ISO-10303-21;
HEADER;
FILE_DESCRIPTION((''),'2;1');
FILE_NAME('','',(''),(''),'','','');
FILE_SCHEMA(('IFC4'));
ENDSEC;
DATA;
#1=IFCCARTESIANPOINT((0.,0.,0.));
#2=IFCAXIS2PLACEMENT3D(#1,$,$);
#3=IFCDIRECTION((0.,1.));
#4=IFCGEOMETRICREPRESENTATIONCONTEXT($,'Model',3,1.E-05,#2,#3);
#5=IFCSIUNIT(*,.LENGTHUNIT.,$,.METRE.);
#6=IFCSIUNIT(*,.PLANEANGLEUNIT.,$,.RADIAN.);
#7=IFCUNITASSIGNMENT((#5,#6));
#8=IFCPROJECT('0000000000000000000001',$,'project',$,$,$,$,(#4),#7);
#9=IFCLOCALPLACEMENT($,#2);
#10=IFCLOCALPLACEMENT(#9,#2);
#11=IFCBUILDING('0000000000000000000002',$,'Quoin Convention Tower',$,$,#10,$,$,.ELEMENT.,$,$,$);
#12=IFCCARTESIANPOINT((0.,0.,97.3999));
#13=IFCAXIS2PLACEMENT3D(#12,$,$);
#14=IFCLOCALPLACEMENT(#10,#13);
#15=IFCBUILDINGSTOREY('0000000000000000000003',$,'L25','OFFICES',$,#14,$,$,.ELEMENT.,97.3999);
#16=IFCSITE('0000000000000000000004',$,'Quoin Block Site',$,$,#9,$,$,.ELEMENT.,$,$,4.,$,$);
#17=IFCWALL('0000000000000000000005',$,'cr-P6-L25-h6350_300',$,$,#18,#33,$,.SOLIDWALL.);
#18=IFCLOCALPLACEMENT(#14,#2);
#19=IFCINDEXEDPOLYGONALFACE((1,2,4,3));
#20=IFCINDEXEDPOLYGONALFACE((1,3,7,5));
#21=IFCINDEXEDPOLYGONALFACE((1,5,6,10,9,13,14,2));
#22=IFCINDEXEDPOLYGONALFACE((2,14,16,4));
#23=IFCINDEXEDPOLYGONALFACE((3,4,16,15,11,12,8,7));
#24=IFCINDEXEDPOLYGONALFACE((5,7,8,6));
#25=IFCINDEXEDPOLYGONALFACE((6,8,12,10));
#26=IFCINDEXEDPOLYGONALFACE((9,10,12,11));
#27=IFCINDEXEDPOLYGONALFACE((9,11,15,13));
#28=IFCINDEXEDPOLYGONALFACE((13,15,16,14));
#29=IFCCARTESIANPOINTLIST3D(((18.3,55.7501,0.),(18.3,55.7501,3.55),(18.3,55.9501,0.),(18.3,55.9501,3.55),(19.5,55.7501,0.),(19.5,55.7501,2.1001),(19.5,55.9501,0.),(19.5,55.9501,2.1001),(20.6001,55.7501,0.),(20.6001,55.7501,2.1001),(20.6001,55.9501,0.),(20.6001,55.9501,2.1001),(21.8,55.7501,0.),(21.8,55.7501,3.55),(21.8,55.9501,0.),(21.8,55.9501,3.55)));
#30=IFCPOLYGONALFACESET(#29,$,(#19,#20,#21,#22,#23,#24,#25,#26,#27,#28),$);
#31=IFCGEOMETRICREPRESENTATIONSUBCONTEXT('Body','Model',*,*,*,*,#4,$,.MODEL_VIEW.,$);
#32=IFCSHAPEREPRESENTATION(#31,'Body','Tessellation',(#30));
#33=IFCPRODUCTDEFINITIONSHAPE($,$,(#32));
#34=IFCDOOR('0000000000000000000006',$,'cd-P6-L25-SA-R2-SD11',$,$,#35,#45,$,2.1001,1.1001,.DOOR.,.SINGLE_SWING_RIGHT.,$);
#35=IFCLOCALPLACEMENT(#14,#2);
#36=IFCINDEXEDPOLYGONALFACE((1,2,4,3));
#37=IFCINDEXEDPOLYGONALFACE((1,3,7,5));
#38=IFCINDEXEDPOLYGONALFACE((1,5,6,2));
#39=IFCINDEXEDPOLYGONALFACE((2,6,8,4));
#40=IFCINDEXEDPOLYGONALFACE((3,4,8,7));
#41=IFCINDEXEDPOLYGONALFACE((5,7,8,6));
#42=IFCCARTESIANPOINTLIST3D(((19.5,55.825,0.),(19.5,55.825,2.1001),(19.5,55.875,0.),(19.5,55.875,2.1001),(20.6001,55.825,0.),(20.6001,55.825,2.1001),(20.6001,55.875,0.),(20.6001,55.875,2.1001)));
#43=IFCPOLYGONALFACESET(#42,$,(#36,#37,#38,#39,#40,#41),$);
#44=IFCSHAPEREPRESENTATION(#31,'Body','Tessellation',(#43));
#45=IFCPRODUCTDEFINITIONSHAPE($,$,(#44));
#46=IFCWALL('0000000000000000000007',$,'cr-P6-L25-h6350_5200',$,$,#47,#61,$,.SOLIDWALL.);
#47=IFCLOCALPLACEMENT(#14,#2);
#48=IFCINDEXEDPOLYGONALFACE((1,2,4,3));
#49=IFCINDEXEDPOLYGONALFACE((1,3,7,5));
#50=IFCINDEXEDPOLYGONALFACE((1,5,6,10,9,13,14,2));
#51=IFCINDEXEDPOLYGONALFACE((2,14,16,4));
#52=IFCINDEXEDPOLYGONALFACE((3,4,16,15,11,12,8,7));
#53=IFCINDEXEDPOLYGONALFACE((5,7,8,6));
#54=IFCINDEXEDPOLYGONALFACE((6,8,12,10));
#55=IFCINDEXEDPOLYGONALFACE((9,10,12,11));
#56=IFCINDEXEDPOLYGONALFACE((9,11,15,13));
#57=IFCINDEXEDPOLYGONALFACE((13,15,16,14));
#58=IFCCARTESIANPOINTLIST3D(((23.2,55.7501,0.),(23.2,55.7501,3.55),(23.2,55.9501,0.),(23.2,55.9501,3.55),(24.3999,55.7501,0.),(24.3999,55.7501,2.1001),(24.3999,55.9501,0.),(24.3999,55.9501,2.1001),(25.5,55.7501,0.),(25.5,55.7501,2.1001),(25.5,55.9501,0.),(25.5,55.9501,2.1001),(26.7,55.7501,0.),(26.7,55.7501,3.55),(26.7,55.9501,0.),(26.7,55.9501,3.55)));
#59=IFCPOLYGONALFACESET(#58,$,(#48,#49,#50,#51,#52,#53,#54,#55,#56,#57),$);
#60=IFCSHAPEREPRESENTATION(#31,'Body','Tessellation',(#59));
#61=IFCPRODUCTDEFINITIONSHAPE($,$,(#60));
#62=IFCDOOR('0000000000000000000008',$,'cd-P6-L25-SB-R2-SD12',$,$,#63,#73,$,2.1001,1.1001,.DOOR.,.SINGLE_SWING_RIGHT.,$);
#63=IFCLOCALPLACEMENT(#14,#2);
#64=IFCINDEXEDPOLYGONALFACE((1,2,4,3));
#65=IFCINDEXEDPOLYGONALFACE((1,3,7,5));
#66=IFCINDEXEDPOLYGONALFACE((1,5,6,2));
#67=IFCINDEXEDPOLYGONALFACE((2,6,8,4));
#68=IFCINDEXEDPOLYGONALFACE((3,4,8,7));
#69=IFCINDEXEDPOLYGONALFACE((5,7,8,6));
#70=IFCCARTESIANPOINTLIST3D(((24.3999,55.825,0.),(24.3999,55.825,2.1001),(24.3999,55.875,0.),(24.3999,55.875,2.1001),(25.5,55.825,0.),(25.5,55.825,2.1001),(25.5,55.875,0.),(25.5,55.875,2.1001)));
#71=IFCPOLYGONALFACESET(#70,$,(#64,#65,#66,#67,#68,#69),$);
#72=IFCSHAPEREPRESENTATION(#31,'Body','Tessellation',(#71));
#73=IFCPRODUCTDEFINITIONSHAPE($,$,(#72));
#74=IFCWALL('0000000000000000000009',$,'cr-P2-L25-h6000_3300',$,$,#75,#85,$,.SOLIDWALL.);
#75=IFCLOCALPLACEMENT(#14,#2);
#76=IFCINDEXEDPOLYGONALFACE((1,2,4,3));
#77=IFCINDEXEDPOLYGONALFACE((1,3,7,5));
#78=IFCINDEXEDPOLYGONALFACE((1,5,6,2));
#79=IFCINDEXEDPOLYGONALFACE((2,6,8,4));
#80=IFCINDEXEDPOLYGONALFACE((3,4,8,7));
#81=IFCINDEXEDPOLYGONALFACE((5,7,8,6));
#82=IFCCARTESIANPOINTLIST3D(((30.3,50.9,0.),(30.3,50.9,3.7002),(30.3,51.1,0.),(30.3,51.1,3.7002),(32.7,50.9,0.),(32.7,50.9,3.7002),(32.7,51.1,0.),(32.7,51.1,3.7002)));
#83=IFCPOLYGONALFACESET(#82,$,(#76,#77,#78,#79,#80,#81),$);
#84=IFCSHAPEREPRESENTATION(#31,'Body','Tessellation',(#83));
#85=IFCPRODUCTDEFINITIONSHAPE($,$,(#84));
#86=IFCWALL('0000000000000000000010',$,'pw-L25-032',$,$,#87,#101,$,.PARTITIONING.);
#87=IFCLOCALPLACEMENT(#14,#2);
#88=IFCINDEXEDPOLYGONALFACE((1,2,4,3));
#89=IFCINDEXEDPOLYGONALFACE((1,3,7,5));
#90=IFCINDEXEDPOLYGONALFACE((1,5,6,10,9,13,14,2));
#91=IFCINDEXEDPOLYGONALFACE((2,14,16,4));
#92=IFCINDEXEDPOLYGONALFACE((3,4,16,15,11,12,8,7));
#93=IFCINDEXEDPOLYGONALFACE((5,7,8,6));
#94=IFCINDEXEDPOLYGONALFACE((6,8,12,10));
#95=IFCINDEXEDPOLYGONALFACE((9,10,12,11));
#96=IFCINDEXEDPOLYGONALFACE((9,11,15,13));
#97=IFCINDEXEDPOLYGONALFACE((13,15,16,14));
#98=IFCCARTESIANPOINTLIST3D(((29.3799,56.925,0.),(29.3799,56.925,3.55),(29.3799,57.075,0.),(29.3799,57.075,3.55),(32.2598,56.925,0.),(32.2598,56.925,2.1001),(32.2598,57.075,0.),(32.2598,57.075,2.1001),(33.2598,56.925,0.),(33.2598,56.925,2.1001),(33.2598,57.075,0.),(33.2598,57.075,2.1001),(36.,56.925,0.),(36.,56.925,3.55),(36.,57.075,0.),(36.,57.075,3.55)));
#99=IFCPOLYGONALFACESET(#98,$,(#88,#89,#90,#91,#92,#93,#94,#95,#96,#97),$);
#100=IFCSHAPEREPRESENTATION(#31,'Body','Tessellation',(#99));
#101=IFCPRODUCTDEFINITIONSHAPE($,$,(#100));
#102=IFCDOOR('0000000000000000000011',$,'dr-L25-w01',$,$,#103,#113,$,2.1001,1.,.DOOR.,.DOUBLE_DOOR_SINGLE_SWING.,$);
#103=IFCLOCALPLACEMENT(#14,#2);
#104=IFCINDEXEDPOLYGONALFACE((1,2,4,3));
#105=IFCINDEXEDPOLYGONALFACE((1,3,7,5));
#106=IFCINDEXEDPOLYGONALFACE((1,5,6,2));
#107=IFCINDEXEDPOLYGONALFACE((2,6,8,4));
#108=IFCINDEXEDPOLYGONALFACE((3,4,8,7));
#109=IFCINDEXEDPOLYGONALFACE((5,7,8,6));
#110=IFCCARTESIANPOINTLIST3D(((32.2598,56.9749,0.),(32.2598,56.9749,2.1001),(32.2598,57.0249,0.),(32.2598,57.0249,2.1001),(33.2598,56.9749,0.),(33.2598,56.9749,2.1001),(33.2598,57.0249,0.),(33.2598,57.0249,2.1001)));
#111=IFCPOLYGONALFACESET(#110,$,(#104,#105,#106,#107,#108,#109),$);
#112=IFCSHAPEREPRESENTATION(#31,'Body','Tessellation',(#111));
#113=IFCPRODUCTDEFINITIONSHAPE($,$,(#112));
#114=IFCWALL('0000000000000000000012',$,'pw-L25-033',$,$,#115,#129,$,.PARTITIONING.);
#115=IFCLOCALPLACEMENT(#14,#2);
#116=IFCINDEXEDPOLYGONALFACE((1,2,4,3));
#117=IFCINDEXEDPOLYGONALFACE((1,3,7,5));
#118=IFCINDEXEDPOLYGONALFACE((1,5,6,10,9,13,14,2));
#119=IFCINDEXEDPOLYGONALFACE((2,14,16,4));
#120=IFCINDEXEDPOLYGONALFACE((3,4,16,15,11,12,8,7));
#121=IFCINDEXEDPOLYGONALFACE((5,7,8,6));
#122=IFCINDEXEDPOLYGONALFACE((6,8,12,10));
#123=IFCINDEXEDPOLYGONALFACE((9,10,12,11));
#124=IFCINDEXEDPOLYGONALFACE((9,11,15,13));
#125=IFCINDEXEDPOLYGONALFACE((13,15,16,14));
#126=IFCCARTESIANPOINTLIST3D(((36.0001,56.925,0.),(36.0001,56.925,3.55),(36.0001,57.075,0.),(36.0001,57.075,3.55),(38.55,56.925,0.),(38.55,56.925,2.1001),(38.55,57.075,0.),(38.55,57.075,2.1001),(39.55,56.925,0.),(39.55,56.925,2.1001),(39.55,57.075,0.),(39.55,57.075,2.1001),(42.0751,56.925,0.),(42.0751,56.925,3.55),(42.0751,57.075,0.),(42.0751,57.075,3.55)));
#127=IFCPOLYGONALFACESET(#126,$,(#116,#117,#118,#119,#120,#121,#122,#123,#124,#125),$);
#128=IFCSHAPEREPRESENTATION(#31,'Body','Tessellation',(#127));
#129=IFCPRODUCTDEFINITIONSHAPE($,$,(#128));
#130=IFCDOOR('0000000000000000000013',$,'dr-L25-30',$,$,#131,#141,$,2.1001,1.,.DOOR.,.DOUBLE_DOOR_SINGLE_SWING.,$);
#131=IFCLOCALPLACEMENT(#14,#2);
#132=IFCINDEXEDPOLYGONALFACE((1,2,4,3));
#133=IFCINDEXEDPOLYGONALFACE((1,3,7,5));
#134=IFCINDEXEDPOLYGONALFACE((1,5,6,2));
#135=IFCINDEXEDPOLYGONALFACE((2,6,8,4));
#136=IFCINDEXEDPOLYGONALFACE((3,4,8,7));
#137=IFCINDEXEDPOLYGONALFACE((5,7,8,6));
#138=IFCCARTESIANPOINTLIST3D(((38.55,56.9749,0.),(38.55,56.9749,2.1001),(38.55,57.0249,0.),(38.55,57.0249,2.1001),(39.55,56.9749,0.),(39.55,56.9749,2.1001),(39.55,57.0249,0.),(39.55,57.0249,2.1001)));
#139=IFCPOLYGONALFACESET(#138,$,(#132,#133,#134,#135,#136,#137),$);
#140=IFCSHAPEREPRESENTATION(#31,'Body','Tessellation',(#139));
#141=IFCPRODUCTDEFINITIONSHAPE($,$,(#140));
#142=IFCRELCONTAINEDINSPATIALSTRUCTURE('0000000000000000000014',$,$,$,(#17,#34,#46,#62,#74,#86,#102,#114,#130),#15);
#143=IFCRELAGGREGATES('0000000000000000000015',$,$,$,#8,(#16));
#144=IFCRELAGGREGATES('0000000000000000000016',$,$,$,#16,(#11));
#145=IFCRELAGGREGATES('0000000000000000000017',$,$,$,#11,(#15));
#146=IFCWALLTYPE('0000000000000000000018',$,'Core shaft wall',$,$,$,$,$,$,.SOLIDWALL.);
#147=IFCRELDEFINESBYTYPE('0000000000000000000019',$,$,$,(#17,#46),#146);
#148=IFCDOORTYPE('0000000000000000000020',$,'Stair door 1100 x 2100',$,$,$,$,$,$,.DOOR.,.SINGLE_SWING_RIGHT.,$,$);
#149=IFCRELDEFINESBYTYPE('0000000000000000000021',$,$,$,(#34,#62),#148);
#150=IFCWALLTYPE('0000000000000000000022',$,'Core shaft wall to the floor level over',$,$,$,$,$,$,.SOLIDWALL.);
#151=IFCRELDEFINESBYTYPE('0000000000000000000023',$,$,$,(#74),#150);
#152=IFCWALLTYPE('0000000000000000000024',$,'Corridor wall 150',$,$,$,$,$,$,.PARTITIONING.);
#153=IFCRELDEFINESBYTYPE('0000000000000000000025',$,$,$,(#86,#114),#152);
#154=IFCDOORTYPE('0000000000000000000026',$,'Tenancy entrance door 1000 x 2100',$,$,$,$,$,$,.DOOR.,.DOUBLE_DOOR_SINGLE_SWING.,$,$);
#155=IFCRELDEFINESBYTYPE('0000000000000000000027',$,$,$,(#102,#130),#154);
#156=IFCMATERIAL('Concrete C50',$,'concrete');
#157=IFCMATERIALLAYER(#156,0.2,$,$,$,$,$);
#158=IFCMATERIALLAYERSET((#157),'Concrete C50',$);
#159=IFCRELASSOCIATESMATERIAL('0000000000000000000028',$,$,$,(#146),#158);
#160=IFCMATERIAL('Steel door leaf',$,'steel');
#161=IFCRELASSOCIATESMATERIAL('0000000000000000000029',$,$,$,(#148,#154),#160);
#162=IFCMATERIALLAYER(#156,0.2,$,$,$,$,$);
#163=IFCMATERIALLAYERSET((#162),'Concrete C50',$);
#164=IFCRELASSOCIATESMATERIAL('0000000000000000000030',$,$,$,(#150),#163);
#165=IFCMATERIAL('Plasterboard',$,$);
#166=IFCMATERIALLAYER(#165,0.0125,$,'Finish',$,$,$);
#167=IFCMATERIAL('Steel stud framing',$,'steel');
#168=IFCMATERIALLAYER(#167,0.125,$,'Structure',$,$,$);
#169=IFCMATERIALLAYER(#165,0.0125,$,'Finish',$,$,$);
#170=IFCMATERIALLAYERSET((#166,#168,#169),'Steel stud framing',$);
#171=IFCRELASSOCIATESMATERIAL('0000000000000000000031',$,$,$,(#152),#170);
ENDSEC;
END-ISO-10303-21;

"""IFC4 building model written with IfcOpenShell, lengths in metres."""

from ifc_helpers import new_model, si_unit, direction, frame, frame_2d, origin, place, context, subcontext, project, spatial, rectangle, extrude, material, layer, layer_set, type_object, element, fill, save


model = new_model("IFC4")

# Units and contexts
model_context = context("Model", 3, precision=1e-05, world=origin(), true_north=direction((0.0, 1.0)))
body_context = subcontext(model_context, "Body", "Model", "MODEL_VIEW")
ifc_project = project(units=[si_unit("LENGTHUNIT", "METRE"), si_unit("PLANEANGLEUNIT", "RADIAN")], contexts=[model_context])

# Site, building, storey
site_placement = place(None, origin())
site = spatial("IfcSite", under=ifc_project, at=site_placement, Name="Quoin Block Site", CompositionType="ELEMENT", RefElevation=4.0)
building_placement = place(site_placement, origin())
building = spatial("IfcBuilding", under=site, at=building_placement, Name="Quoin Convention Tower", CompositionType="ELEMENT")
storey_placement = place(building_placement, frame((0.0, 0.0, 97.3999)))
storey = spatial("IfcBuildingStorey", under=building, at=storey_placement, Name="L25", Description="OFFICES", CompositionType="ELEMENT", Elevation=97.3999)

# Shared definitions
ifc_material_1 = material(Name="Concrete C50", Category="concrete")
ifc_layer_1 = layer(ifc_material_1, 0.2)
ifc_layer_set_1 = layer_set([ifc_layer_1], Name="Concrete C50")
wall_type_1 = type_object("IfcWallType", Name="Core shaft wall", PredefinedType="SOLIDWALL", material=ifc_layer_set_1)

# Walls, openings, doors
wall_1_placement = place(storey_placement, frame((18.3, 55.8501, 0.0), z_axis=(0.0, 0.0, 1.0), x_axis=(1.0, 0.0, 0.0)))
wall_1 = element("IfcWall", 1, at=wall_1_placement, inside=storey, type_object=wall_type_1, Name="cr-P6-L25-h6350_300", PredefinedType="SOLIDWALL", context=body_context, shape_type="SweptSolid", body=[
    extrude(rectangle(XDim=3.5, YDim=0.2, at=frame_2d((1.75, 0.0))), origin(), (0.0, 0.0, 1.0), 3.55),
])
opening_1_placement = place(wall_1_placement, frame((1.2, 0.0, 0.0)))
opening_1 = element("IfcOpeningElement", 2, at=opening_1_placement, cuts=wall_1, PredefinedType="OPENING", context=body_context, shape_type="SweptSolid", body=[
    extrude(rectangle(XDim=1.1001, YDim=2.1001, at=frame_2d((0.55, 1.05))), frame((0.0, 0.1099, 0.0), z_axis=(0.0, -1.0, 0.0), x_axis=(1.0, 0.0, 0.0)), (0.0, 0.0, 1.0), 0.22),
])
ifc_material_2 = material(Name="Steel door leaf", Category="steel")
door_type_1 = type_object("IfcDoorType", Name="Stair door 1100 x 2100", OperationType="SINGLE_SWING_RIGHT", PredefinedType="DOOR", material=ifc_material_2)
door_1_placement = place(opening_1_placement, origin())
door_1 = element("IfcDoor", 3, at=door_1_placement, inside=storey, type_object=door_type_1, Name="cd-P6-L25-SA-R2-SD11", OperationType="SINGLE_SWING_RIGHT", OverallHeight=2.1001, OverallWidth=1.1001, PredefinedType="DOOR", context=body_context, shape_type="SweptSolid", body=[
    extrude(rectangle(XDim=1.1001, YDim=2.1001, at=frame_2d((0.55, 1.05))), frame((0.0, 0.0249, 0.0), z_axis=(0.0, -1.0, 0.0), x_axis=(1.0, 0.0, 0.0)), (0.0, 0.0, 1.0), 0.05),
])
fill(opening_1, door_1)
wall_2_placement = place(storey_placement, frame((23.2, 55.8501, 0.0), z_axis=(0.0, 0.0, 1.0), x_axis=(1.0, 0.0, 0.0)))
wall_2 = element("IfcWall", 4, at=wall_2_placement, inside=storey, type_object=wall_type_1, Name="cr-P6-L25-h6350_5200", PredefinedType="SOLIDWALL", context=body_context, shape_type="SweptSolid", body=[
    extrude(rectangle(XDim=3.5, YDim=0.2, at=frame_2d((1.75, 0.0))), origin(), (0.0, 0.0, 1.0), 3.55),
])
opening_2_placement = place(wall_2_placement, frame((1.2, 0.0, 0.0)))
opening_2 = element("IfcOpeningElement", 5, at=opening_2_placement, cuts=wall_2, PredefinedType="OPENING", context=body_context, shape_type="SweptSolid", body=[
    extrude(rectangle(XDim=1.1001, YDim=2.1001, at=frame_2d((0.55, 1.05))), frame((0.0, 0.1099, 0.0), z_axis=(0.0, -1.0, 0.0), x_axis=(1.0, 0.0, 0.0)), (0.0, 0.0, 1.0), 0.22),
])
door_2_placement = place(opening_2_placement, origin())
door_2 = element("IfcDoor", 6, at=door_2_placement, inside=storey, type_object=door_type_1, Name="cd-P6-L25-SB-R2-SD12", OperationType="SINGLE_SWING_RIGHT", OverallHeight=2.1001, OverallWidth=1.1001, PredefinedType="DOOR", context=body_context, shape_type="SweptSolid", body=[
    extrude(rectangle(XDim=1.1001, YDim=2.1001, at=frame_2d((0.55, 1.05))), frame((0.0, 0.0249, 0.0), z_axis=(0.0, -1.0, 0.0), x_axis=(1.0, 0.0, 0.0)), (0.0, 0.0, 1.0), 0.05),
])
fill(opening_2, door_2)

# Wall
ifc_layer_2 = layer(ifc_material_1, 0.2)
ifc_layer_set_2 = layer_set([ifc_layer_2], Name="Concrete C50")
wall_type_2 = type_object("IfcWallType", Name="Core shaft wall to the floor level over", PredefinedType="SOLIDWALL", material=ifc_layer_set_2)
wall_3_placement = place(storey_placement, frame((30.3, 51.0, 0.0), z_axis=(0.0, 0.0, 1.0), x_axis=(1.0, 0.0, 0.0)))
element("IfcWall", 7, at=wall_3_placement, inside=storey, type_object=wall_type_2, Name="cr-P2-L25-h6000_3300", PredefinedType="SOLIDWALL", context=body_context, shape_type="SweptSolid", body=[
    extrude(rectangle(XDim=2.3999, YDim=0.2, at=frame_2d((1.2, 0.0))), origin(), (0.0, 0.0, 1.0), 3.7002),
])

# Walls, openings, doors
ifc_material_3 = material(Name="Plasterboard")
ifc_layer_3 = layer(ifc_material_3, 0.0125, Name="Finish")
ifc_material_4 = material(Name="Steel stud framing", Category="steel")
ifc_layer_4 = layer(ifc_material_4, 0.125, Name="Structure")
ifc_layer_5 = layer(ifc_material_3, 0.0125, Name="Finish")
ifc_layer_set_3 = layer_set([ifc_layer_3, ifc_layer_4, ifc_layer_5], Name="Steel stud framing")
wall_type_3 = type_object("IfcWallType", Name="Corridor wall 150", PredefinedType="PARTITIONING", material=ifc_layer_set_3)
wall_4_placement = place(storey_placement, frame((29.3799, 57.0, 0.0), z_axis=(0.0, 0.0, 1.0), x_axis=(1.0, 0.0, 0.0)))
wall_4 = element("IfcWall", 8, at=wall_4_placement, inside=storey, type_object=wall_type_3, Name="pw-L25-032", PredefinedType="PARTITIONING", context=body_context, shape_type="SweptSolid", body=[
    extrude(rectangle(XDim=6.6201, YDim=0.1499, at=frame_2d((3.3101, 0.0))), origin(), (0.0, 0.0, 1.0), 3.55),
])
opening_3_placement = place(wall_4_placement, frame((2.8799, 0.0, 0.0)))
opening_3 = element("IfcOpeningElement", 9, at=opening_3_placement, cuts=wall_4, PredefinedType="OPENING", context=body_context, shape_type="SweptSolid", body=[
    extrude(rectangle(XDim=1.0, YDim=2.1001, at=frame_2d((0.5, 1.05))), frame((0.0, 0.085, 0.0), z_axis=(0.0, -1.0, 0.0), x_axis=(1.0, 0.0, 0.0)), (0.0, 0.0, 1.0), 0.1699),
])
door_type_2 = type_object("IfcDoorType", Name="Tenancy entrance door 1000 x 2100", OperationType="DOUBLE_DOOR_SINGLE_SWING", PredefinedType="DOOR", material=ifc_material_2)
door_3_placement = place(opening_3_placement, origin())
door_3 = element("IfcDoor", 10, at=door_3_placement, inside=storey, type_object=door_type_2, Name="dr-L25-w01", OperationType="DOUBLE_DOOR_SINGLE_SWING", OverallHeight=2.1001, OverallWidth=1.0, PredefinedType="DOOR", context=body_context, shape_type="SweptSolid", body=[
    extrude(rectangle(XDim=1.0, YDim=2.1001, at=frame_2d((0.5, 1.05))), frame((0.0, 0.0249, 0.0), z_axis=(0.0, -1.0, 0.0), x_axis=(1.0, 0.0, 0.0)), (0.0, 0.0, 1.0), 0.05),
])
fill(opening_3, door_3)
wall_5_placement = place(storey_placement, frame((36.0, 57.0, 0.0), z_axis=(0.0, 0.0, 1.0), x_axis=(1.0, 0.0, 0.0)))
wall_5 = element("IfcWall", 11, at=wall_5_placement, inside=storey, type_object=wall_type_3, Name="pw-L25-033", PredefinedType="PARTITIONING", context=body_context, shape_type="SweptSolid", body=[
    extrude(rectangle(XDim=6.075, YDim=0.1499, at=frame_2d((3.0376, 0.0))), origin(), (0.0, 0.0, 1.0), 3.55),
])
opening_4_placement = place(wall_5_placement, frame((2.55, 0.0, 0.0)))
opening_4 = element("IfcOpeningElement", 12, at=opening_4_placement, cuts=wall_5, PredefinedType="OPENING", context=body_context, shape_type="SweptSolid", body=[
    extrude(rectangle(XDim=1.0, YDim=2.1001, at=frame_2d((0.5, 1.05))), frame((0.0, 0.085, 0.0), z_axis=(0.0, -1.0, 0.0), x_axis=(1.0, 0.0, 0.0)), (0.0, 0.0, 1.0), 0.1699),
])
door_4_placement = place(opening_4_placement, origin())
door_4 = element("IfcDoor", 13, at=door_4_placement, inside=storey, type_object=door_type_2, Name="dr-L25-30", OperationType="DOUBLE_DOOR_SINGLE_SWING", OverallHeight=2.1001, OverallWidth=1.0, PredefinedType="DOOR", context=body_context, shape_type="SweptSolid", body=[
    extrude(rectangle(XDim=1.0, YDim=2.1001, at=frame_2d((0.5, 1.05))), frame((0.0, 0.0249, 0.0), z_axis=(0.0, -1.0, 0.0), x_axis=(1.0, 0.0, 0.0)), (0.0, 0.0, 1.0), 0.05),
])
fill(opening_4, door_4)

save(model, "model.ifc")
